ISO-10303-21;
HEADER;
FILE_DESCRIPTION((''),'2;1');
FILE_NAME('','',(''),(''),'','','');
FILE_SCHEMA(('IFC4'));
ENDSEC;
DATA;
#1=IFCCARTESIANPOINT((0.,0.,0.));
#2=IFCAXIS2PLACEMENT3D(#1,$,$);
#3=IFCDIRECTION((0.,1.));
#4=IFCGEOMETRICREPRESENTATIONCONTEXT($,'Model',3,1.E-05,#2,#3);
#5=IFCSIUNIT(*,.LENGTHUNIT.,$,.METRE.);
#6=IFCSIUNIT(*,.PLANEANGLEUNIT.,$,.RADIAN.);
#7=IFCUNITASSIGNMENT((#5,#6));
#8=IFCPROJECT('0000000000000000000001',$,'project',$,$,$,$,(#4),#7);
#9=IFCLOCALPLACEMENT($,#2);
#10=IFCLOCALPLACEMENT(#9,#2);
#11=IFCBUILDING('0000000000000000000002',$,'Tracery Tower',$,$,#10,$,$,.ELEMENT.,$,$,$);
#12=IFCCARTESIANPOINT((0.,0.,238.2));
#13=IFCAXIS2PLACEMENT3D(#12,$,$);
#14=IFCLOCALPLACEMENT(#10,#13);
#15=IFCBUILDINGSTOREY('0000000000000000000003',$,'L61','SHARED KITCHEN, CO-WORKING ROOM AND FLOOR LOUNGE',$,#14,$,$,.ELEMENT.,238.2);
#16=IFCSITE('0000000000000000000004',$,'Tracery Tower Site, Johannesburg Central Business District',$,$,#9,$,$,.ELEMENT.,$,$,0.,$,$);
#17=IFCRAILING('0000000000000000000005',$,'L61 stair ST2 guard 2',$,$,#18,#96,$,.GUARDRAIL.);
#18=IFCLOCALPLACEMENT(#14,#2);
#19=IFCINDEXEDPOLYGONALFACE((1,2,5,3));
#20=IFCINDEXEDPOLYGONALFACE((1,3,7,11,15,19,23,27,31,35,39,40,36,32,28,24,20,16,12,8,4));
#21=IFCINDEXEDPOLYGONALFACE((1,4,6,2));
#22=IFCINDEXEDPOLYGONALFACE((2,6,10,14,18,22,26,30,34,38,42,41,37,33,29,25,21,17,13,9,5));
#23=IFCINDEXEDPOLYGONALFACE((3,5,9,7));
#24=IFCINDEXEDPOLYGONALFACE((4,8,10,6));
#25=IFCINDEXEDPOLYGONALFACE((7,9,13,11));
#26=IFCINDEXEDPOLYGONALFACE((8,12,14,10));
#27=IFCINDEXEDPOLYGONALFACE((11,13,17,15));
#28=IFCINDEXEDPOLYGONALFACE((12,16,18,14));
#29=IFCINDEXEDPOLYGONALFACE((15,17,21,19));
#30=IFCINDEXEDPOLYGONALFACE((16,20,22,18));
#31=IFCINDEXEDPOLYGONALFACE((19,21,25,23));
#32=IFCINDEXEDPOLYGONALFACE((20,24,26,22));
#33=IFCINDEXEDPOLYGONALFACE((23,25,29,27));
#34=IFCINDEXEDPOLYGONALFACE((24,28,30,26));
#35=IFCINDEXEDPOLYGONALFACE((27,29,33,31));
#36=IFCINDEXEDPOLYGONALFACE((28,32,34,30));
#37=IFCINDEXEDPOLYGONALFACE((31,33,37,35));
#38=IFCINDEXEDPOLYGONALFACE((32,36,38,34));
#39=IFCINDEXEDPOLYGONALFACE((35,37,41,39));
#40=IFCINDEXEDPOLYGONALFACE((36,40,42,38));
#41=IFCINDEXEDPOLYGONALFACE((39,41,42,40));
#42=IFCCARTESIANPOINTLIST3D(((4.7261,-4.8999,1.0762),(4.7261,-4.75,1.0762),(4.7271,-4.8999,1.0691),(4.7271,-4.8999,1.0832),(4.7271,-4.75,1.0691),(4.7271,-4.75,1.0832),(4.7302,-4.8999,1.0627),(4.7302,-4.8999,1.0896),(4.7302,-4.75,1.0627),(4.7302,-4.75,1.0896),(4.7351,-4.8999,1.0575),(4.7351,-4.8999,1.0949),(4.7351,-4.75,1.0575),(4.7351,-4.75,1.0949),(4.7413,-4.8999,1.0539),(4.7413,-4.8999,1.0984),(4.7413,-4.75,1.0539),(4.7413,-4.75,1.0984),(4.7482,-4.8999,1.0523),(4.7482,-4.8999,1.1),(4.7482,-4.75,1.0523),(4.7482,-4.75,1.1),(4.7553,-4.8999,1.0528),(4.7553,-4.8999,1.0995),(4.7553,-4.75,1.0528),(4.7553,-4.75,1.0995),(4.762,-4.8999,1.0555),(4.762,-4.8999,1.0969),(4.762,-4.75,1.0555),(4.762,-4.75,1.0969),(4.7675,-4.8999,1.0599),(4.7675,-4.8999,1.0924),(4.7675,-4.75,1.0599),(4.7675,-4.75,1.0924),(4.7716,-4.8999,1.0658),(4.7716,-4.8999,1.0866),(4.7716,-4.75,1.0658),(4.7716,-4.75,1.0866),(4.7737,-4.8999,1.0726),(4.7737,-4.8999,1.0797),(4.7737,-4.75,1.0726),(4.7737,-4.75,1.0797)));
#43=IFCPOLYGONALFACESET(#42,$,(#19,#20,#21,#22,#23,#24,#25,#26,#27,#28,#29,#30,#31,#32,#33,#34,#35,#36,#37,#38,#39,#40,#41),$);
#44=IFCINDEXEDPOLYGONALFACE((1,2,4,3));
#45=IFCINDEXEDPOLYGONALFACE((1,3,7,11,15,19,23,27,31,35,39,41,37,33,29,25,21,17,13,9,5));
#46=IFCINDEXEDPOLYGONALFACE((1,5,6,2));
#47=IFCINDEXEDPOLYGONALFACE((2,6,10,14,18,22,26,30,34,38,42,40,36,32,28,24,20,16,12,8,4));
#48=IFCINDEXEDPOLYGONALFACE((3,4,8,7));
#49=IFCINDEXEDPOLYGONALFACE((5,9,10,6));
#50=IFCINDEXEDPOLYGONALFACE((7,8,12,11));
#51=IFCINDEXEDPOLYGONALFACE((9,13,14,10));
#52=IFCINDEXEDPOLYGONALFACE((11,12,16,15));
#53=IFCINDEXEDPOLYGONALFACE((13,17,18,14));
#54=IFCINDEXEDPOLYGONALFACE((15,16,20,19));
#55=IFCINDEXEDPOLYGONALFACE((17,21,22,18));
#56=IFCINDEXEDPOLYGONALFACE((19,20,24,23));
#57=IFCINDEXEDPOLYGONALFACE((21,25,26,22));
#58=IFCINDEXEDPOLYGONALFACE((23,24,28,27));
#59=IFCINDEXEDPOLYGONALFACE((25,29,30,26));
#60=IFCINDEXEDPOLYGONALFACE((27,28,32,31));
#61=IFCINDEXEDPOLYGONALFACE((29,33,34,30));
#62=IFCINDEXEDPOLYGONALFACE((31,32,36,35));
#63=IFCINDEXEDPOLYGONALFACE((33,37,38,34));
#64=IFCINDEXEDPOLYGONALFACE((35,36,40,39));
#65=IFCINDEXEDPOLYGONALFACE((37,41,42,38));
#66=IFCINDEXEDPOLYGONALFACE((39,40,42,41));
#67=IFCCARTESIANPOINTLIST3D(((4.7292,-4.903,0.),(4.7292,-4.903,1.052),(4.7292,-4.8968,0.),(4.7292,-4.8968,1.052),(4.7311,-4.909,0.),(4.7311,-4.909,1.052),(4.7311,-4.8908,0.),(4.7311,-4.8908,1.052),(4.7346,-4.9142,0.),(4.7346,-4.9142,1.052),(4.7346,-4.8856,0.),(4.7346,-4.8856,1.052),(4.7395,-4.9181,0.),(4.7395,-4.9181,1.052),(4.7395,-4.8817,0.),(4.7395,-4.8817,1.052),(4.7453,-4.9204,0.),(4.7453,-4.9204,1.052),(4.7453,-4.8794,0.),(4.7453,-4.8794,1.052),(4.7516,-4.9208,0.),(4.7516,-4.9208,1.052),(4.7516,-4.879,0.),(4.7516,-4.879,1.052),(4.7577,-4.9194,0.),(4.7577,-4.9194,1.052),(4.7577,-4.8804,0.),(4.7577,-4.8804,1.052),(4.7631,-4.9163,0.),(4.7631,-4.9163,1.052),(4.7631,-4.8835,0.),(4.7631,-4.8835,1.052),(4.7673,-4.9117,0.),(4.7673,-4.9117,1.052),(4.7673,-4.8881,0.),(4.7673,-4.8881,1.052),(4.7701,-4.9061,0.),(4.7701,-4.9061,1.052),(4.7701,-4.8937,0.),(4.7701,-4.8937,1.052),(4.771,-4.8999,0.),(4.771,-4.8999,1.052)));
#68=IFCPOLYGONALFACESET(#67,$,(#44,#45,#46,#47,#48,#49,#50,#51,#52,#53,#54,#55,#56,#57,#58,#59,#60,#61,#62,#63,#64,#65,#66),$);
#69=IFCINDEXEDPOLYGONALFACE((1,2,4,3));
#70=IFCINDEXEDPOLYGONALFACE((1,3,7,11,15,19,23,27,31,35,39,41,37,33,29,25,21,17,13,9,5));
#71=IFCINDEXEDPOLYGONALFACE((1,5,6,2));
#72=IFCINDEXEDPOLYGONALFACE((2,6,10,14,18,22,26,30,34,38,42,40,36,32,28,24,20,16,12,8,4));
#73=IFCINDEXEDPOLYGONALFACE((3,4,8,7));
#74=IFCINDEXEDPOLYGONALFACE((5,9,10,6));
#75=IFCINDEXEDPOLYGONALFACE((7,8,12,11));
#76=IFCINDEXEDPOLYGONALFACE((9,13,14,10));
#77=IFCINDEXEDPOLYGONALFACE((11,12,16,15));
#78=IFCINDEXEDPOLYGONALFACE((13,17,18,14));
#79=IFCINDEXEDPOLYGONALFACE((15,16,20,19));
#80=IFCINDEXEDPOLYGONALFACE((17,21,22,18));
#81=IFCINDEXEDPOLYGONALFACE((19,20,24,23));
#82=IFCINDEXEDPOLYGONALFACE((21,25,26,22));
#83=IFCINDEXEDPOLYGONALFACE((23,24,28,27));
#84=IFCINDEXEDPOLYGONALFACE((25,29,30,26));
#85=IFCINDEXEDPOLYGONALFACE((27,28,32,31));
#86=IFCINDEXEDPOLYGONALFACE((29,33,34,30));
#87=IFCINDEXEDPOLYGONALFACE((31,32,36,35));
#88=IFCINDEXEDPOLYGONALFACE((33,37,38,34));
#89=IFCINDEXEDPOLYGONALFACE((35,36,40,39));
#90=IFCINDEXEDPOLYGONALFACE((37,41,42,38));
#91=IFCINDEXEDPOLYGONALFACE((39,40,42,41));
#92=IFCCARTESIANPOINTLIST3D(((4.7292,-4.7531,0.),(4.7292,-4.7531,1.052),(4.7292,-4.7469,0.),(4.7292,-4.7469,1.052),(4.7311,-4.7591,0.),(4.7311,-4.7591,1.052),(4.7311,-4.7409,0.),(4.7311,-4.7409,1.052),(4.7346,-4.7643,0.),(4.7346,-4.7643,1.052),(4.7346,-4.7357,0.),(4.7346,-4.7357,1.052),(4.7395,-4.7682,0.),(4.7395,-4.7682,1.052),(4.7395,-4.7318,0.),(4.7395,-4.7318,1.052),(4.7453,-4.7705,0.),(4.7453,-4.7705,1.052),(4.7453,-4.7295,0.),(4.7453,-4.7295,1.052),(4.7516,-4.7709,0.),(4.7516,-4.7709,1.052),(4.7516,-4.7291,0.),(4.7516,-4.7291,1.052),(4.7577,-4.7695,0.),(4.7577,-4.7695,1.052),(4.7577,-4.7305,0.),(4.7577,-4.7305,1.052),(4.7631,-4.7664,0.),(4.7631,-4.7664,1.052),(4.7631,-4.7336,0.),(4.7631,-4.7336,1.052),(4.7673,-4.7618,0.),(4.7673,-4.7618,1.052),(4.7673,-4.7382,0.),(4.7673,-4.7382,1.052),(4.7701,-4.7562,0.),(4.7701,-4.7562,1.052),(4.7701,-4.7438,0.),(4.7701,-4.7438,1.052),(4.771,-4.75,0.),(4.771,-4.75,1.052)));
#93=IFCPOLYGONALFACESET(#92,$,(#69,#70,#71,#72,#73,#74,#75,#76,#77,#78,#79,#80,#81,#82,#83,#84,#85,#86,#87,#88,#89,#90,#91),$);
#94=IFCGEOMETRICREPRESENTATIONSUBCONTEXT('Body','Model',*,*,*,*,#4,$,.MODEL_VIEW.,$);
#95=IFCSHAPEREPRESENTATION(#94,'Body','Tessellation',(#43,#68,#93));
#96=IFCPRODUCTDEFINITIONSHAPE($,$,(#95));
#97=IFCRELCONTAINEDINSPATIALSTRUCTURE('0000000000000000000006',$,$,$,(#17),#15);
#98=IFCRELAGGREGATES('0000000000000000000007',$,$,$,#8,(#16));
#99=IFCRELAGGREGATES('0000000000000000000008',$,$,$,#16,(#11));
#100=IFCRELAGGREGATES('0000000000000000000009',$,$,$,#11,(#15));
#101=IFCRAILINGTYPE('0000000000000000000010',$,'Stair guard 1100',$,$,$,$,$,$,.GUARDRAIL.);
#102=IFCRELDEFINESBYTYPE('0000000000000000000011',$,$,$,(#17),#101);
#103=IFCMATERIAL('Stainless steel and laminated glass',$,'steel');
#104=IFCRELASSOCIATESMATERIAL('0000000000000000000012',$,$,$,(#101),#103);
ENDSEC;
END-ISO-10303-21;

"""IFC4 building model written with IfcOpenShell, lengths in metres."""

from ifc_helpers import new_model, si_unit, direction, frame, origin, origin_2d, place, context, subcontext, project, spatial, circle, extrude, material, type_object, element, save


model = new_model("IFC4")

# Units and contexts
model_context = context("Model", 3, precision=1e-05, world=origin(), true_north=direction((0.0, 1.0)))
body_context = subcontext(model_context, "Body", "Model", "MODEL_VIEW")
ifc_project = project(units=[si_unit("LENGTHUNIT", "METRE"), si_unit("PLANEANGLEUNIT", "RADIAN")], contexts=[model_context])

# Site, building, storey
site_placement = place(None, origin())
site = spatial("IfcSite", under=ifc_project, at=site_placement, Name="Tracery Tower Site, Johannesburg Central Business District", CompositionType="ELEMENT", RefElevation=0.0)
building_placement = place(site_placement, origin())
building = spatial("IfcBuilding", under=site, at=building_placement, Name="Tracery Tower", CompositionType="ELEMENT")
storey_placement = place(building_placement, frame((0.0, 0.0, 238.2)))
storey = spatial("IfcBuildingStorey", under=building, at=storey_placement, Name="L61", Description="SHARED KITCHEN, CO-WORKING ROOM AND FLOOR LOUNGE", CompositionType="ELEMENT", Elevation=238.2)

# Railing
ifc_material_1 = material(Name="Stainless steel and laminated glass", Category="steel")
railing_type_1 = type_object("IfcRailingType", Name="Stair guard 1100", PredefinedType="GUARDRAIL", material=ifc_material_1)
railing_1_placement = place(storey_placement, frame((4.75, -4.8999, 0.0)))
element("IfcRailing", 1, at=railing_1_placement, inside=storey, type_object=railing_type_1, Name="L61 stair ST2 guard 2", PredefinedType="GUARDRAIL", context=body_context, shape_type="SweptSolid", body=[
    extrude(circle(Radius=0.0239, at=origin_2d()), frame((0.0, 0.0, 1.0762), z_axis=(0.0, 1.0, 0.0), x_axis=(-1.0, 0.0, 0.0)), (0.0, 0.0, 1.0), 0.1499),
    extrude(circle(Radius=0.021, at=origin_2d()), origin(), (0.0, 0.0, 1.0), 1.052),
    extrude(circle(Radius=0.021, at=origin_2d()), frame((0.0, 0.1499, 0.0)), (0.0, 0.0, 1.0), 1.052),
])

save(model, "model.ifc")
